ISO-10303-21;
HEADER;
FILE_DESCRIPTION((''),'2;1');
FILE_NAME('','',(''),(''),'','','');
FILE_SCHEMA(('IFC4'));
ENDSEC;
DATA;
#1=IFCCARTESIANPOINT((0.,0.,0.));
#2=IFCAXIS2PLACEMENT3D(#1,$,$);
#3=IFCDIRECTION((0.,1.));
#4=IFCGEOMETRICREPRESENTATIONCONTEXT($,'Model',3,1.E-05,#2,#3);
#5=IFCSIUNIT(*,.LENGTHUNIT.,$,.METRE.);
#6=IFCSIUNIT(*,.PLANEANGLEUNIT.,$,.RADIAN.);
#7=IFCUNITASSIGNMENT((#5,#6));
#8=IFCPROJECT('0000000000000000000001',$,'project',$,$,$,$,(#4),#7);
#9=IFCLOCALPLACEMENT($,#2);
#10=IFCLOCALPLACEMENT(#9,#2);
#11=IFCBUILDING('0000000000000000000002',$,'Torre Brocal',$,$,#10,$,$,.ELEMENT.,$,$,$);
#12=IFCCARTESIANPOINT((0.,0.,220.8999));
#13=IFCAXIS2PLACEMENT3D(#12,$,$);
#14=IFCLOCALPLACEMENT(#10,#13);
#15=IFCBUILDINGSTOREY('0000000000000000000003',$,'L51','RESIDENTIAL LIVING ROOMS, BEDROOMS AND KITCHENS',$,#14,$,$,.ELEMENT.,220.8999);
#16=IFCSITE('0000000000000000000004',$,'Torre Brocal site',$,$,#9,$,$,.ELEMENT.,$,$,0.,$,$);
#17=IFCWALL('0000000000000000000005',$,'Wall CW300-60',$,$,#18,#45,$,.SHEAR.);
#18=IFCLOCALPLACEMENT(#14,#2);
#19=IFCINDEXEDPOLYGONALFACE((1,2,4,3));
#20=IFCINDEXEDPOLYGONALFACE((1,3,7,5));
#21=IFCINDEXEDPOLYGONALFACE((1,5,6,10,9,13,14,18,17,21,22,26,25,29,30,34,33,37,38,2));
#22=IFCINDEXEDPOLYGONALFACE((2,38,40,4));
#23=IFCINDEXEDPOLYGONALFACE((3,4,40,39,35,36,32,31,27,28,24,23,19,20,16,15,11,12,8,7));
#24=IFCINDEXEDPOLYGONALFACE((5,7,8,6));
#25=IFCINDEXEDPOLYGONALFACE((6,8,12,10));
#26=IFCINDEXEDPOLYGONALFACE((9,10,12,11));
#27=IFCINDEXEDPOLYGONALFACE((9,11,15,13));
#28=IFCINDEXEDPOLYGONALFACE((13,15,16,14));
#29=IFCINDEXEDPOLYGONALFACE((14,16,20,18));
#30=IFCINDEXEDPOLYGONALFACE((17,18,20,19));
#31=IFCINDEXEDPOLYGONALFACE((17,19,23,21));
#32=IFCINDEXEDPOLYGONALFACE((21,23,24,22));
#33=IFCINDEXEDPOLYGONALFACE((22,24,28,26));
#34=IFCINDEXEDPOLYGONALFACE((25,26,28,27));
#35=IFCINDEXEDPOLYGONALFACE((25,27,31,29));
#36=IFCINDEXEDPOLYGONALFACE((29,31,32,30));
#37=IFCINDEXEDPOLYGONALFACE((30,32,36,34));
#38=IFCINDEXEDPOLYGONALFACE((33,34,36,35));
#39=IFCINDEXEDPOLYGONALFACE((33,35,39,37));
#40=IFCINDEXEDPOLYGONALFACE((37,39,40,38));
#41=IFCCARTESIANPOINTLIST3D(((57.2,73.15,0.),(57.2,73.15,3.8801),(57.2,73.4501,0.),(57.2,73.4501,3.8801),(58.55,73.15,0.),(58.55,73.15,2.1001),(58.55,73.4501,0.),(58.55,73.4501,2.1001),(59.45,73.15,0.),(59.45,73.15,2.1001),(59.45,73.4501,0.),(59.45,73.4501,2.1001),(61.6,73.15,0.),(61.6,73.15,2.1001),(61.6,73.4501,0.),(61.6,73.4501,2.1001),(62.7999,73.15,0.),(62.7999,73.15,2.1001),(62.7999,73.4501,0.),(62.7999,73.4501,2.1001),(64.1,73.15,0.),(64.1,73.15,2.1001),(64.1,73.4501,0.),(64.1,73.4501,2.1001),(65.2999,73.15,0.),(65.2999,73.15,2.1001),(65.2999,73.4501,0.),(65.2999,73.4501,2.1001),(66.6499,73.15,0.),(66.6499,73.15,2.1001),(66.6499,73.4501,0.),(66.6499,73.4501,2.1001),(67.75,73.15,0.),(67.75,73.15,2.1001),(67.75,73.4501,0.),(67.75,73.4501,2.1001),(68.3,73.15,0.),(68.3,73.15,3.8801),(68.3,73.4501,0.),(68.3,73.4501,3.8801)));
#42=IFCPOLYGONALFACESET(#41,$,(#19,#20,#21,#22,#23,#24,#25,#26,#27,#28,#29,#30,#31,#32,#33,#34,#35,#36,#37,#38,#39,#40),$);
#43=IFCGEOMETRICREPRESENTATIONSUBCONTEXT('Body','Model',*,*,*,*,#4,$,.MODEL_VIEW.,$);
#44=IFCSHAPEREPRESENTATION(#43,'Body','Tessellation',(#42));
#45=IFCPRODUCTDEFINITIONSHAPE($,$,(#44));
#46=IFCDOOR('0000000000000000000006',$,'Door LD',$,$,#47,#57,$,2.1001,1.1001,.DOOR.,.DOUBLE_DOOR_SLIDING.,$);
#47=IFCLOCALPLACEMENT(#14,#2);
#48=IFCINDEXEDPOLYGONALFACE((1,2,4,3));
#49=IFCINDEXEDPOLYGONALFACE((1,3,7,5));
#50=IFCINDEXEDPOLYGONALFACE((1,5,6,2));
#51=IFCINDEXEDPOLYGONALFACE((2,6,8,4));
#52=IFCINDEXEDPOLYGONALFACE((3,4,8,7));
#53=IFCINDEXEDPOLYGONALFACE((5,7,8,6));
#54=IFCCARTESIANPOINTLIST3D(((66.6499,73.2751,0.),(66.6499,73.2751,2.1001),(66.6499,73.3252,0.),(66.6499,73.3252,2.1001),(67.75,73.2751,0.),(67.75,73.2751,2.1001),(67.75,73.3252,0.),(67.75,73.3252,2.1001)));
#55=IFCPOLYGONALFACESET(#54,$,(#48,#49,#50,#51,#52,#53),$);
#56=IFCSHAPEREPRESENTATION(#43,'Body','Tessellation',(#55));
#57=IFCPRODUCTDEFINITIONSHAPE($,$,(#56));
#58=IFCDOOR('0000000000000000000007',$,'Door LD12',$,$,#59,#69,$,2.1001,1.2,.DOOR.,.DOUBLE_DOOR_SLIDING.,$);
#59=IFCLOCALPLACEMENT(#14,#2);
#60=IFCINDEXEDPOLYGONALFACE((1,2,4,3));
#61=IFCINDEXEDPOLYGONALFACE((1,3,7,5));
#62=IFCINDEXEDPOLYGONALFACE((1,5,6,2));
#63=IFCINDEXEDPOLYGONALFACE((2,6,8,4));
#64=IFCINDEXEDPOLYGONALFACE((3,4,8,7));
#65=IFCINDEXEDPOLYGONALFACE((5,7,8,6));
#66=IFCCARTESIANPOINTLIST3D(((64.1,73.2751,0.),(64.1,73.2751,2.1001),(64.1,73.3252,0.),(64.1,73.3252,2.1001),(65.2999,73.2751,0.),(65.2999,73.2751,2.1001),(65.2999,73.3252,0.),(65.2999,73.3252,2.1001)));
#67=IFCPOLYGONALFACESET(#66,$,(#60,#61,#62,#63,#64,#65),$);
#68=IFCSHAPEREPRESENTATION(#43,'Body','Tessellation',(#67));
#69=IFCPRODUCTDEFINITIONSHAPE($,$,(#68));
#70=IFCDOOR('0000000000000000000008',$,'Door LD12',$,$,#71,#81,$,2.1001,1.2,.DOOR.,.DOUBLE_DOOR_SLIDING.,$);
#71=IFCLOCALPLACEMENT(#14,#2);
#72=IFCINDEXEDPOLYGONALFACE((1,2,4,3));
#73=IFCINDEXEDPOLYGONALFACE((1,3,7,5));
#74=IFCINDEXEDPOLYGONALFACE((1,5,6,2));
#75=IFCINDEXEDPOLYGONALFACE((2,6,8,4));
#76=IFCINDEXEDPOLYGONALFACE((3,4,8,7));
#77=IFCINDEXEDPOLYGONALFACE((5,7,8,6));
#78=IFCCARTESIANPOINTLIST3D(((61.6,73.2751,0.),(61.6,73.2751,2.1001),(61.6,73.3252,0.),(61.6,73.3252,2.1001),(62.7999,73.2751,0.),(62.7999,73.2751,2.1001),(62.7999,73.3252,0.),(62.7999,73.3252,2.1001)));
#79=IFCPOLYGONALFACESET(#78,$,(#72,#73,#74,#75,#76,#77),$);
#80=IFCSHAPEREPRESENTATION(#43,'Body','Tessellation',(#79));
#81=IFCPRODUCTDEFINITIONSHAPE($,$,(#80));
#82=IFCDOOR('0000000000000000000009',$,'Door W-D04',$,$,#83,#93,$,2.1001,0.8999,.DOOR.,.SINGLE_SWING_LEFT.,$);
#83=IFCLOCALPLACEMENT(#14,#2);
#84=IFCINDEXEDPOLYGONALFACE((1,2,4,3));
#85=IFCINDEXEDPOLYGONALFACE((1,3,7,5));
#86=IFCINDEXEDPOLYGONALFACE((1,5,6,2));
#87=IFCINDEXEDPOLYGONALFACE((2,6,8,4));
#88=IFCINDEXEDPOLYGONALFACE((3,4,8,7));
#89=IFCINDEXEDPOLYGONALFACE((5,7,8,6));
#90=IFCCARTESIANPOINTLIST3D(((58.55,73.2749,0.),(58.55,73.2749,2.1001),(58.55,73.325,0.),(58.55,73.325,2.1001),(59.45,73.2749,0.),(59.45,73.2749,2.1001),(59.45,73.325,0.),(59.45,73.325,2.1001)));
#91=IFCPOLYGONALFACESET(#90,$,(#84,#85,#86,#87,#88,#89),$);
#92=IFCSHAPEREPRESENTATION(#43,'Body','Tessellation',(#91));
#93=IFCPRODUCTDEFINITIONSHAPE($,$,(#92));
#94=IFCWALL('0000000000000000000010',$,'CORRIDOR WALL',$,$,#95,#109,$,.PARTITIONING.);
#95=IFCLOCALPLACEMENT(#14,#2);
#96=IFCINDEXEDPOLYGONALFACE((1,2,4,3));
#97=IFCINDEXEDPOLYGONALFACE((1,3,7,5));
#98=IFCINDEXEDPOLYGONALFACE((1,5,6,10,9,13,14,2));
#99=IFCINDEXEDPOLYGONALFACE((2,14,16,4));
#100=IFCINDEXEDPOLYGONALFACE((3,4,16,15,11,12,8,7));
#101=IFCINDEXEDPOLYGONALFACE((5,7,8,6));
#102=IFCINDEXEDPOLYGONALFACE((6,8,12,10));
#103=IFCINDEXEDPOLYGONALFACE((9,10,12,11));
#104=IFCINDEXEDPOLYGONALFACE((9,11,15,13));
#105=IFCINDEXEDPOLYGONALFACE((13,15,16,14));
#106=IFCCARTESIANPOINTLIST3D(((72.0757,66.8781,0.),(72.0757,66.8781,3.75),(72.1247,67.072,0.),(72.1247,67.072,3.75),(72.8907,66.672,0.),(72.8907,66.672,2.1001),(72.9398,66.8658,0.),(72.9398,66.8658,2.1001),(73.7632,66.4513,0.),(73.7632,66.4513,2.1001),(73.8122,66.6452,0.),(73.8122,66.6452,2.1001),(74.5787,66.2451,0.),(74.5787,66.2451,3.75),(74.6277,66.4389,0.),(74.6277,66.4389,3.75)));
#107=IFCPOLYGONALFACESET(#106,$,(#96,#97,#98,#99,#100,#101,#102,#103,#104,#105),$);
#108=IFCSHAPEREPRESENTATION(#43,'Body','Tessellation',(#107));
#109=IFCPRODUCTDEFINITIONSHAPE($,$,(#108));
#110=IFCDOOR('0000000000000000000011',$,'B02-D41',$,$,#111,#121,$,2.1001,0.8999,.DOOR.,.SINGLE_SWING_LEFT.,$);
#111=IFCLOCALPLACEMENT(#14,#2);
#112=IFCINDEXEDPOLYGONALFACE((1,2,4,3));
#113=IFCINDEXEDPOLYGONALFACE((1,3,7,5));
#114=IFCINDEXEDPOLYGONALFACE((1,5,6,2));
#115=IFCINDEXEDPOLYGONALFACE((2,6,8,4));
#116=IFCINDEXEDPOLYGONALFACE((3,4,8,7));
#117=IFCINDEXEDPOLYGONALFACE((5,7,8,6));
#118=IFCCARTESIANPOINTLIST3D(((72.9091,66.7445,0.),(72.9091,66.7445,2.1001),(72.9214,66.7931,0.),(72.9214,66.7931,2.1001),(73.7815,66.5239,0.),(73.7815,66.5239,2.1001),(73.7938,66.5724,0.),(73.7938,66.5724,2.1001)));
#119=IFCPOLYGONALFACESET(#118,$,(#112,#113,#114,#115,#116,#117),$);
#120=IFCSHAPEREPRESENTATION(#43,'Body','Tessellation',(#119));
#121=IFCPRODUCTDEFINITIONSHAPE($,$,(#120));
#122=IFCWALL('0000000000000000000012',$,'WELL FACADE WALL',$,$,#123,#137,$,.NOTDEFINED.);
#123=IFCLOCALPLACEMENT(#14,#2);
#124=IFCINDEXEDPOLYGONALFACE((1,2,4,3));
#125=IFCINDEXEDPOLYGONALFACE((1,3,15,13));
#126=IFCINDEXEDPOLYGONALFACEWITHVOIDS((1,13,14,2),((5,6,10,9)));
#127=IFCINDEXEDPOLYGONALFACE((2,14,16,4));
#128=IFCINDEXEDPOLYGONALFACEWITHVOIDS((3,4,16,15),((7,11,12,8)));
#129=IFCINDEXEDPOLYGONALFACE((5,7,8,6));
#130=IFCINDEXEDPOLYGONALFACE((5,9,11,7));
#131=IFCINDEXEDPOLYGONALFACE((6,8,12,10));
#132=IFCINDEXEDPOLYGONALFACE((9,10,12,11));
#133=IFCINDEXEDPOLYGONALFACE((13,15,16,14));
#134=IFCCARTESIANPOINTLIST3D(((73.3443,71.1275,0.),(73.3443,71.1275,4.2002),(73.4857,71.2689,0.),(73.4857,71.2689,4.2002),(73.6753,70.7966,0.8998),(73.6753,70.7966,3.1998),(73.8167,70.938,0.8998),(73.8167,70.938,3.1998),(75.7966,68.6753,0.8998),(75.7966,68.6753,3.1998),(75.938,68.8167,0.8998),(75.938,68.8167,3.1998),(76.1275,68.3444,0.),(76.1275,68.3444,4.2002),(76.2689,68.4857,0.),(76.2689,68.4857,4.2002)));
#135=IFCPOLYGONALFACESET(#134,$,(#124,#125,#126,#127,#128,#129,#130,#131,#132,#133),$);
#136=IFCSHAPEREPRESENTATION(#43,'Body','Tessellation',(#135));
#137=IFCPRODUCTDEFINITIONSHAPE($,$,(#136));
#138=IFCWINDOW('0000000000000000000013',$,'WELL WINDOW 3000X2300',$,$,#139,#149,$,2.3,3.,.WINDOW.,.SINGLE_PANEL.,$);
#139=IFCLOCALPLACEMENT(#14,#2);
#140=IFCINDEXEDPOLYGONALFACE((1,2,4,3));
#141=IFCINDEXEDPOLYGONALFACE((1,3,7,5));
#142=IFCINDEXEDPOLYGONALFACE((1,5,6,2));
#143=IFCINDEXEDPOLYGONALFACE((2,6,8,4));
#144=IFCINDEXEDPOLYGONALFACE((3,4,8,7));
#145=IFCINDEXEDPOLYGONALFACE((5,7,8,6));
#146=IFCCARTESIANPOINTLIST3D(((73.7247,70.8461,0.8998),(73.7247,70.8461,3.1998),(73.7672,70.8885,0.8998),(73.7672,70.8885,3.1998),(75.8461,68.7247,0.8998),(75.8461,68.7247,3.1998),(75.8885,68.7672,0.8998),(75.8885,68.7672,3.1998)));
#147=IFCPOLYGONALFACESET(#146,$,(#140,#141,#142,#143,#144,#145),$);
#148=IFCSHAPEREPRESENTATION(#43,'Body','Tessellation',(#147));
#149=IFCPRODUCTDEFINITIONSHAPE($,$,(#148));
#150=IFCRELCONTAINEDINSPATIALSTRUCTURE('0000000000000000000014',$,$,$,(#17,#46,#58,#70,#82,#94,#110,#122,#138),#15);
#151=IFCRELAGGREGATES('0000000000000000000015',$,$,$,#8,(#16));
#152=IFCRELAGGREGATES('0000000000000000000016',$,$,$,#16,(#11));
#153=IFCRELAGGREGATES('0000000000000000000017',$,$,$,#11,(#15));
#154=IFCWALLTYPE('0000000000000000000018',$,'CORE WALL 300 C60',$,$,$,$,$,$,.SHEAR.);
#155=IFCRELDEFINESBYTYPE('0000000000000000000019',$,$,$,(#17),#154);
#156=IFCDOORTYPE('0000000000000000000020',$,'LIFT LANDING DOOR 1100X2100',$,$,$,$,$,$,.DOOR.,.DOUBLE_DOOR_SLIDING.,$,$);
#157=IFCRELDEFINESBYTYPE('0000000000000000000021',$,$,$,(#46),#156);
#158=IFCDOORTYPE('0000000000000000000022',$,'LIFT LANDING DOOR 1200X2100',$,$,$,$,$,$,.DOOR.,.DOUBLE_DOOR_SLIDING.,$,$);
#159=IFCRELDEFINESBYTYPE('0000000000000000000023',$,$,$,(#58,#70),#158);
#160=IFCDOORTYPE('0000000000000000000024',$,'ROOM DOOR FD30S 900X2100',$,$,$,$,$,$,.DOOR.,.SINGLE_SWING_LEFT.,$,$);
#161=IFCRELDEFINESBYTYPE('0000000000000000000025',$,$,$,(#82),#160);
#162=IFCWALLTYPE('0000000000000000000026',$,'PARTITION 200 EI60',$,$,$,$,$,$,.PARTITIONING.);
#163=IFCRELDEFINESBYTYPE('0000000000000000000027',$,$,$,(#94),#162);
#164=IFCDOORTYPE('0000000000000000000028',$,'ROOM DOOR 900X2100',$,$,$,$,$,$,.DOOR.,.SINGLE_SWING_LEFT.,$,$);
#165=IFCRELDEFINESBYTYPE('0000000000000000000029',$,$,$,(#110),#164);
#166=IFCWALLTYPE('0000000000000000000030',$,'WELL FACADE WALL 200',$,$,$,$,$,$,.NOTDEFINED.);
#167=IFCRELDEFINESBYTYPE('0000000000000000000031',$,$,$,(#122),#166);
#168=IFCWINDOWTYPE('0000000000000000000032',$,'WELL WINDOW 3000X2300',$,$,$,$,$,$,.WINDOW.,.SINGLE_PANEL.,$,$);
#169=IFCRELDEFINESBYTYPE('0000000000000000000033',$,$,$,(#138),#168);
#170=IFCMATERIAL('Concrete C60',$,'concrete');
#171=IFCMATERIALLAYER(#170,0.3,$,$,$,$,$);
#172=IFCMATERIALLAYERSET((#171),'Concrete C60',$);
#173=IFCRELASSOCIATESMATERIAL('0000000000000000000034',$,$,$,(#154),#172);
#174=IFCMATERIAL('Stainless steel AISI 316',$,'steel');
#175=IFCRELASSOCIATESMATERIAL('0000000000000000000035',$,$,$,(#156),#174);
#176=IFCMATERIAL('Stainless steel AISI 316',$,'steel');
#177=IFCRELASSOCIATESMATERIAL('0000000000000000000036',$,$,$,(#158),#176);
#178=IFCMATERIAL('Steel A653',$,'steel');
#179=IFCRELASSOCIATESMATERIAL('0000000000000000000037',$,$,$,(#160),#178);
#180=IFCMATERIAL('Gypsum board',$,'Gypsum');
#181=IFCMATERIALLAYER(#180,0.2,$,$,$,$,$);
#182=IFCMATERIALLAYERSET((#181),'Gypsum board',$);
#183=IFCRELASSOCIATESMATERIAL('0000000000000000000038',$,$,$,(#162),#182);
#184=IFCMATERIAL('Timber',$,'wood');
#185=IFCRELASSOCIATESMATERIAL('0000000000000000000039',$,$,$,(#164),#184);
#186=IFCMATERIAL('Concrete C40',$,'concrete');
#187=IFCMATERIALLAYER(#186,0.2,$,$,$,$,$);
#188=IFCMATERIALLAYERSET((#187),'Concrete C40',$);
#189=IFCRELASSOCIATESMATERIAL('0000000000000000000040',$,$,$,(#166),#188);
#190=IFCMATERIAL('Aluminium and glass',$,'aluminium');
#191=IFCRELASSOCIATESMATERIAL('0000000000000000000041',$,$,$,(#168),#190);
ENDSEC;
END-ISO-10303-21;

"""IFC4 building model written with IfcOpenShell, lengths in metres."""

from ifc_helpers import new_model, si_unit, direction, frame, frame_2d, origin, place, context, subcontext, project, spatial, rectangle, extrude, material, layer, layer_set, type_object, element, fill, save


model = new_model("IFC4")

# Units and contexts
model_context = context("Model", 3, precision=1e-05, world=origin(), true_north=direction((0.0, 1.0)))
body_context = subcontext(model_context, "Body", "Model", "MODEL_VIEW")
ifc_project = project(units=[si_unit("LENGTHUNIT", "METRE"), si_unit("PLANEANGLEUNIT", "RADIAN")], contexts=[model_context])

# Site, building, storey
site_placement = place(None, origin())
site = spatial("IfcSite", under=ifc_project, at=site_placement, Name="Torre Brocal site", CompositionType="ELEMENT", RefElevation=0.0)
building_placement = place(site_placement, origin())
building = spatial("IfcBuilding", under=site, at=building_placement, Name="Torre Brocal", CompositionType="ELEMENT")
storey_placement = place(building_placement, frame((0.0, 0.0, 220.8999)))
storey = spatial("IfcBuildingStorey", under=building, at=storey_placement, Name="L51", Description="RESIDENTIAL LIVING ROOMS, BEDROOMS AND KITCHENS", CompositionType="ELEMENT", Elevation=220.8999)

# Shared definitions
ifc_material_1 = material(Name="Concrete C60", Category="concrete")
ifc_layer_1 = layer(ifc_material_1, 0.3)
ifc_layer_set_1 = layer_set([ifc_layer_1], Name="Concrete C60")
wall_type_1 = type_object("IfcWallType", Name="CORE WALL 300 C60", PredefinedType="SHEAR", material=ifc_layer_set_1)

# Wall, openings, doors
wall_1_placement = place(storey_placement, frame((68.3, 73.3, 0.0), z_axis=(0.0, 0.0, 1.0), x_axis=(-1.0, 0.0, 0.0)))
wall_1 = element("IfcWall", 1, at=wall_1_placement, inside=storey, type_object=wall_type_1, Name="Wall CW300-60", PredefinedType="SHEAR", context=body_context, shape_type="SweptSolid", body=[
    extrude(rectangle(XDim=11.1001, YDim=0.3, at=frame_2d((5.55, 0.0))), origin(), (0.0, 0.0, 1.0), 3.8801),
])
opening_1_placement = place(wall_1_placement, frame((0.55, 0.0, 0.0)))
opening_1 = element("IfcOpeningElement", 2, at=opening_1_placement, cuts=wall_1, PredefinedType="OPENING", context=body_context, shape_type="SweptSolid", body=[
    extrude(rectangle(XDim=1.1001, YDim=2.1001, at=frame_2d((0.55, 1.05))), frame((0.0, 0.1599, 0.0), z_axis=(0.0, -1.0, 0.0), x_axis=(1.0, 0.0, 0.0)), (0.0, 0.0, 1.0), 0.3201),
])
opening_2_placement = place(wall_1_placement, frame((3.0, 0.0, 0.0)))
opening_2 = element("IfcOpeningElement", 3, at=opening_2_placement, cuts=wall_1, PredefinedType="OPENING", context=body_context, shape_type="SweptSolid", body=[
    extrude(rectangle(XDim=1.2, YDim=2.1001, at=frame_2d((0.6001, 1.05))), frame((0.0, 0.1599, 0.0), z_axis=(0.0, -1.0, 0.0), x_axis=(1.0, 0.0, 0.0)), (0.0, 0.0, 1.0), 0.3201),
])
opening_3_placement = place(wall_1_placement, frame((5.5, 0.0, 0.0)))
opening_3 = element("IfcOpeningElement", 4, at=opening_3_placement, cuts=wall_1, PredefinedType="OPENING", context=body_context, shape_type="SweptSolid", body=[
    extrude(rectangle(XDim=1.2, YDim=2.1001, at=frame_2d((0.6001, 1.05))), frame((0.0, 0.1599, 0.0), z_axis=(0.0, -1.0, 0.0), x_axis=(1.0, 0.0, 0.0)), (0.0, 0.0, 1.0), 0.3201),
])
opening_4_placement = place(wall_1_placement, frame((8.8501, 0.0, 0.0)))
opening_4 = element("IfcOpeningElement", 5, at=opening_4_placement, cuts=wall_1, PredefinedType="OPENING", context=body_context, shape_type="SweptSolid", body=[
    extrude(rectangle(XDim=0.8999, YDim=2.1001, at=frame_2d((0.45, 1.05))), frame((0.0, 0.1599, 0.0), z_axis=(0.0, -1.0, 0.0), x_axis=(1.0, 0.0, 0.0)), (0.0, 0.0, 1.0), 0.3201),
])
ifc_material_2 = material(Name="Stainless steel AISI 316", Category="steel")
door_type_1 = type_object("IfcDoorType", Name="LIFT LANDING DOOR 1100X2100", OperationType="DOUBLE_DOOR_SLIDING", PredefinedType="DOOR", material=ifc_material_2)
door_1_placement = place(opening_1_placement, origin())
door_1 = element("IfcDoor", 6, at=door_1_placement, inside=storey, type_object=door_type_1, Name="Door LD", OperationType="DOUBLE_DOOR_SLIDING", OverallHeight=2.1001, OverallWidth=1.1001, PredefinedType="DOOR", context=body_context, shape_type="SweptSolid", body=[
    extrude(rectangle(XDim=1.1001, YDim=2.1001, at=frame_2d((0.55, 1.05))), frame((0.0, 0.0249, 0.0), z_axis=(0.0, -1.0, 0.0), x_axis=(1.0, 0.0, 0.0)), (0.0, 0.0, 1.0), 0.05),
])
fill(opening_1, door_1)
ifc_material_3 = material(Name="Stainless steel AISI 316", Category="steel")
door_type_2 = type_object("IfcDoorType", Name="LIFT LANDING DOOR 1200X2100", OperationType="DOUBLE_DOOR_SLIDING", PredefinedType="DOOR", material=ifc_material_3)
door_2_placement = place(opening_2_placement, origin())
door_2 = element("IfcDoor", 7, at=door_2_placement, inside=storey, type_object=door_type_2, Name="Door LD12", OperationType="DOUBLE_DOOR_SLIDING", OverallHeight=2.1001, OverallWidth=1.2, PredefinedType="DOOR", context=body_context, shape_type="SweptSolid", body=[
    extrude(rectangle(XDim=1.2, YDim=2.1001, at=frame_2d((0.6001, 1.05))), frame((0.0, 0.0249, 0.0), z_axis=(0.0, -1.0, 0.0), x_axis=(1.0, 0.0, 0.0)), (0.0, 0.0, 1.0), 0.05),
])
fill(opening_2, door_2)
door_3_placement = place(opening_3_placement, origin())
door_3 = element("IfcDoor", 8, at=door_3_placement, inside=storey, type_object=door_type_2, Name="Door LD12", OperationType="DOUBLE_DOOR_SLIDING", OverallHeight=2.1001, OverallWidth=1.2, PredefinedType="DOOR", context=body_context, shape_type="SweptSolid", body=[
    extrude(rectangle(XDim=1.2, YDim=2.1001, at=frame_2d((0.6001, 1.05))), frame((0.0, 0.0249, 0.0), z_axis=(0.0, -1.0, 0.0), x_axis=(1.0, 0.0, 0.0)), (0.0, 0.0, 1.0), 0.05),
])
fill(opening_3, door_3)
ifc_material_4 = material(Name="Steel A653", Category="steel")
door_type_3 = type_object("IfcDoorType", Name="ROOM DOOR FD30S 900X2100", OperationType="SINGLE_SWING_LEFT", PredefinedType="DOOR", material=ifc_material_4)
door_4_placement = place(opening_4_placement, frame((0.8999, 0.0, 0.0), z_axis=(0.0, 0.0, 1.0), x_axis=(-1.0, 0.0, 0.0)))
door_4 = element("IfcDoor", 9, at=door_4_placement, inside=storey, type_object=door_type_3, Name="Door W-D04", OperationType="SINGLE_SWING_LEFT", OverallHeight=2.1001, OverallWidth=0.8999, PredefinedType="DOOR", context=body_context, shape_type="SweptSolid", body=[
    extrude(rectangle(XDim=0.8999, YDim=2.1001, at=frame_2d((0.45, 1.05))), frame((0.0, 0.0249, 0.0), z_axis=(0.0, -1.0, 0.0), x_axis=(1.0, 0.0, 0.0)), (0.0, 0.0, 1.0), 0.05),
])
fill(opening_4, door_4)

# Wall, opening, door
ifc_material_5 = material(Name="Gypsum board", Category="Gypsum")
ifc_layer_2 = layer(ifc_material_5, 0.2)
ifc_layer_set_2 = layer_set([ifc_layer_2], Name="Gypsum board")
wall_type_2 = type_object("IfcWallType", Name="PARTITION 200 EI60", PredefinedType="PARTITIONING", material=ifc_layer_set_2)
wall_2_placement = place(storey_placement, frame((72.1001, 66.9751, 0.0), z_axis=(0.0, 0.0, 1.0), x_axis=(0.969471, -0.245205, 0.0)))
wall_2 = element("IfcWall", 10, at=wall_2_placement, inside=storey, type_object=wall_type_2, Name="CORRIDOR WALL", PredefinedType="PARTITIONING", context=body_context, shape_type="SweptSolid", body=[
    extrude(rectangle(XDim=2.5818, YDim=0.2, at=frame_2d((1.291, 0.0))), origin(), (0.0, 0.0, 1.0), 3.75),
])
opening_5_placement = place(wall_2_placement, frame((0.8408, 0.0, 0.0)))
opening_5 = element("IfcOpeningElement", 11, at=opening_5_placement, cuts=wall_2, PredefinedType="OPENING", context=body_context, shape_type="SweptSolid", body=[
    extrude(rectangle(XDim=0.8999, YDim=2.1001, at=frame_2d((0.45, 1.05))), frame((0.0, 0.1099, 0.0), z_axis=(0.0, -1.0, 0.0), x_axis=(1.0, 0.0, 0.0)), (0.0, 0.0, 1.0), 0.22),
])
ifc_material_6 = material(Name="Timber", Category="wood")
door_type_4 = type_object("IfcDoorType", Name="ROOM DOOR 900X2100", OperationType="SINGLE_SWING_LEFT", PredefinedType="DOOR", material=ifc_material_6)
door_5_placement = place(opening_5_placement, origin())
door_5 = element("IfcDoor", 12, at=door_5_placement, inside=storey, type_object=door_type_4, Name="B02-D41", OperationType="SINGLE_SWING_LEFT", OverallHeight=2.1001, OverallWidth=0.8999, PredefinedType="DOOR", context=body_context, shape_type="SweptSolid", body=[
    extrude(rectangle(XDim=0.8999, YDim=2.1001, at=frame_2d((0.45, 1.05))), frame((0.0, 0.0249, 0.0), z_axis=(0.0, -1.0, 0.0), x_axis=(1.0, 0.0, 0.0)), (0.0, 0.0, 1.0), 0.05),
])
fill(opening_5, door_5)

# Wall, opening, window
ifc_material_7 = material(Name="Concrete C40", Category="concrete")
ifc_layer_3 = layer(ifc_material_7, 0.2)
ifc_layer_set_3 = layer_set([ifc_layer_3], Name="Concrete C40")
wall_type_3 = type_object("IfcWallType", Name="WELL FACADE WALL 200", PredefinedType="NOTDEFINED", material=ifc_layer_set_3)
wall_3_placement = place(storey_placement, frame((73.415, 71.1982, 0.0), z_axis=(0.0, 0.0, 1.0), x_axis=(0.707107, -0.707107, 0.0)))
wall_3 = element("IfcWall", 13, at=wall_3_placement, inside=storey, type_object=wall_type_3, Name="WELL FACADE WALL", PredefinedType="NOTDEFINED", context=body_context, shape_type="SweptSolid", body=[
    extrude(rectangle(XDim=3.936, YDim=0.2, at=frame_2d((1.968, 0.0))), origin(), (0.0, 0.0, 1.0), 4.2002),
])
opening_6_placement = place(wall_3_placement, frame((0.468, 0.0, 0.8999)))
opening_6 = element("IfcOpeningElement", 14, at=opening_6_placement, cuts=wall_3, PredefinedType="OPENING", context=body_context, shape_type="SweptSolid", body=[
    extrude(rectangle(XDim=3.0, YDim=2.3, at=frame_2d((1.5, 1.1499))), frame((0.0, 0.1099, 0.0), z_axis=(0.0, -1.0, 0.0), x_axis=(1.0, 0.0, 0.0)), (0.0, 0.0, 1.0), 0.22),
])
ifc_material_8 = material(Name="Aluminium and glass", Category="aluminium")
window_type = type_object("IfcWindowType", Name="WELL WINDOW 3000X2300", PartitioningType="SINGLE_PANEL", PredefinedType="WINDOW", material=ifc_material_8)
window_1_placement = place(opening_6_placement, origin())
window_1 = element("IfcWindow", 15, at=window_1_placement, inside=storey, type_object=window_type, Name="WELL WINDOW 3000X2300", OverallHeight=2.3, OverallWidth=3.0, PartitioningType="SINGLE_PANEL", PredefinedType="WINDOW", context=body_context, shape_type="SweptSolid", body=[
    extrude(rectangle(XDim=3.0, YDim=2.3, at=frame_2d((1.5, 1.1499))), frame((0.0, 0.03, 0.0), z_axis=(0.0, -1.0, 0.0), x_axis=(1.0, 0.0, 0.0)), (0.0, 0.0, 1.0), 0.0601),
])
fill(opening_6, window_1)

save(model, "model.ifc")
